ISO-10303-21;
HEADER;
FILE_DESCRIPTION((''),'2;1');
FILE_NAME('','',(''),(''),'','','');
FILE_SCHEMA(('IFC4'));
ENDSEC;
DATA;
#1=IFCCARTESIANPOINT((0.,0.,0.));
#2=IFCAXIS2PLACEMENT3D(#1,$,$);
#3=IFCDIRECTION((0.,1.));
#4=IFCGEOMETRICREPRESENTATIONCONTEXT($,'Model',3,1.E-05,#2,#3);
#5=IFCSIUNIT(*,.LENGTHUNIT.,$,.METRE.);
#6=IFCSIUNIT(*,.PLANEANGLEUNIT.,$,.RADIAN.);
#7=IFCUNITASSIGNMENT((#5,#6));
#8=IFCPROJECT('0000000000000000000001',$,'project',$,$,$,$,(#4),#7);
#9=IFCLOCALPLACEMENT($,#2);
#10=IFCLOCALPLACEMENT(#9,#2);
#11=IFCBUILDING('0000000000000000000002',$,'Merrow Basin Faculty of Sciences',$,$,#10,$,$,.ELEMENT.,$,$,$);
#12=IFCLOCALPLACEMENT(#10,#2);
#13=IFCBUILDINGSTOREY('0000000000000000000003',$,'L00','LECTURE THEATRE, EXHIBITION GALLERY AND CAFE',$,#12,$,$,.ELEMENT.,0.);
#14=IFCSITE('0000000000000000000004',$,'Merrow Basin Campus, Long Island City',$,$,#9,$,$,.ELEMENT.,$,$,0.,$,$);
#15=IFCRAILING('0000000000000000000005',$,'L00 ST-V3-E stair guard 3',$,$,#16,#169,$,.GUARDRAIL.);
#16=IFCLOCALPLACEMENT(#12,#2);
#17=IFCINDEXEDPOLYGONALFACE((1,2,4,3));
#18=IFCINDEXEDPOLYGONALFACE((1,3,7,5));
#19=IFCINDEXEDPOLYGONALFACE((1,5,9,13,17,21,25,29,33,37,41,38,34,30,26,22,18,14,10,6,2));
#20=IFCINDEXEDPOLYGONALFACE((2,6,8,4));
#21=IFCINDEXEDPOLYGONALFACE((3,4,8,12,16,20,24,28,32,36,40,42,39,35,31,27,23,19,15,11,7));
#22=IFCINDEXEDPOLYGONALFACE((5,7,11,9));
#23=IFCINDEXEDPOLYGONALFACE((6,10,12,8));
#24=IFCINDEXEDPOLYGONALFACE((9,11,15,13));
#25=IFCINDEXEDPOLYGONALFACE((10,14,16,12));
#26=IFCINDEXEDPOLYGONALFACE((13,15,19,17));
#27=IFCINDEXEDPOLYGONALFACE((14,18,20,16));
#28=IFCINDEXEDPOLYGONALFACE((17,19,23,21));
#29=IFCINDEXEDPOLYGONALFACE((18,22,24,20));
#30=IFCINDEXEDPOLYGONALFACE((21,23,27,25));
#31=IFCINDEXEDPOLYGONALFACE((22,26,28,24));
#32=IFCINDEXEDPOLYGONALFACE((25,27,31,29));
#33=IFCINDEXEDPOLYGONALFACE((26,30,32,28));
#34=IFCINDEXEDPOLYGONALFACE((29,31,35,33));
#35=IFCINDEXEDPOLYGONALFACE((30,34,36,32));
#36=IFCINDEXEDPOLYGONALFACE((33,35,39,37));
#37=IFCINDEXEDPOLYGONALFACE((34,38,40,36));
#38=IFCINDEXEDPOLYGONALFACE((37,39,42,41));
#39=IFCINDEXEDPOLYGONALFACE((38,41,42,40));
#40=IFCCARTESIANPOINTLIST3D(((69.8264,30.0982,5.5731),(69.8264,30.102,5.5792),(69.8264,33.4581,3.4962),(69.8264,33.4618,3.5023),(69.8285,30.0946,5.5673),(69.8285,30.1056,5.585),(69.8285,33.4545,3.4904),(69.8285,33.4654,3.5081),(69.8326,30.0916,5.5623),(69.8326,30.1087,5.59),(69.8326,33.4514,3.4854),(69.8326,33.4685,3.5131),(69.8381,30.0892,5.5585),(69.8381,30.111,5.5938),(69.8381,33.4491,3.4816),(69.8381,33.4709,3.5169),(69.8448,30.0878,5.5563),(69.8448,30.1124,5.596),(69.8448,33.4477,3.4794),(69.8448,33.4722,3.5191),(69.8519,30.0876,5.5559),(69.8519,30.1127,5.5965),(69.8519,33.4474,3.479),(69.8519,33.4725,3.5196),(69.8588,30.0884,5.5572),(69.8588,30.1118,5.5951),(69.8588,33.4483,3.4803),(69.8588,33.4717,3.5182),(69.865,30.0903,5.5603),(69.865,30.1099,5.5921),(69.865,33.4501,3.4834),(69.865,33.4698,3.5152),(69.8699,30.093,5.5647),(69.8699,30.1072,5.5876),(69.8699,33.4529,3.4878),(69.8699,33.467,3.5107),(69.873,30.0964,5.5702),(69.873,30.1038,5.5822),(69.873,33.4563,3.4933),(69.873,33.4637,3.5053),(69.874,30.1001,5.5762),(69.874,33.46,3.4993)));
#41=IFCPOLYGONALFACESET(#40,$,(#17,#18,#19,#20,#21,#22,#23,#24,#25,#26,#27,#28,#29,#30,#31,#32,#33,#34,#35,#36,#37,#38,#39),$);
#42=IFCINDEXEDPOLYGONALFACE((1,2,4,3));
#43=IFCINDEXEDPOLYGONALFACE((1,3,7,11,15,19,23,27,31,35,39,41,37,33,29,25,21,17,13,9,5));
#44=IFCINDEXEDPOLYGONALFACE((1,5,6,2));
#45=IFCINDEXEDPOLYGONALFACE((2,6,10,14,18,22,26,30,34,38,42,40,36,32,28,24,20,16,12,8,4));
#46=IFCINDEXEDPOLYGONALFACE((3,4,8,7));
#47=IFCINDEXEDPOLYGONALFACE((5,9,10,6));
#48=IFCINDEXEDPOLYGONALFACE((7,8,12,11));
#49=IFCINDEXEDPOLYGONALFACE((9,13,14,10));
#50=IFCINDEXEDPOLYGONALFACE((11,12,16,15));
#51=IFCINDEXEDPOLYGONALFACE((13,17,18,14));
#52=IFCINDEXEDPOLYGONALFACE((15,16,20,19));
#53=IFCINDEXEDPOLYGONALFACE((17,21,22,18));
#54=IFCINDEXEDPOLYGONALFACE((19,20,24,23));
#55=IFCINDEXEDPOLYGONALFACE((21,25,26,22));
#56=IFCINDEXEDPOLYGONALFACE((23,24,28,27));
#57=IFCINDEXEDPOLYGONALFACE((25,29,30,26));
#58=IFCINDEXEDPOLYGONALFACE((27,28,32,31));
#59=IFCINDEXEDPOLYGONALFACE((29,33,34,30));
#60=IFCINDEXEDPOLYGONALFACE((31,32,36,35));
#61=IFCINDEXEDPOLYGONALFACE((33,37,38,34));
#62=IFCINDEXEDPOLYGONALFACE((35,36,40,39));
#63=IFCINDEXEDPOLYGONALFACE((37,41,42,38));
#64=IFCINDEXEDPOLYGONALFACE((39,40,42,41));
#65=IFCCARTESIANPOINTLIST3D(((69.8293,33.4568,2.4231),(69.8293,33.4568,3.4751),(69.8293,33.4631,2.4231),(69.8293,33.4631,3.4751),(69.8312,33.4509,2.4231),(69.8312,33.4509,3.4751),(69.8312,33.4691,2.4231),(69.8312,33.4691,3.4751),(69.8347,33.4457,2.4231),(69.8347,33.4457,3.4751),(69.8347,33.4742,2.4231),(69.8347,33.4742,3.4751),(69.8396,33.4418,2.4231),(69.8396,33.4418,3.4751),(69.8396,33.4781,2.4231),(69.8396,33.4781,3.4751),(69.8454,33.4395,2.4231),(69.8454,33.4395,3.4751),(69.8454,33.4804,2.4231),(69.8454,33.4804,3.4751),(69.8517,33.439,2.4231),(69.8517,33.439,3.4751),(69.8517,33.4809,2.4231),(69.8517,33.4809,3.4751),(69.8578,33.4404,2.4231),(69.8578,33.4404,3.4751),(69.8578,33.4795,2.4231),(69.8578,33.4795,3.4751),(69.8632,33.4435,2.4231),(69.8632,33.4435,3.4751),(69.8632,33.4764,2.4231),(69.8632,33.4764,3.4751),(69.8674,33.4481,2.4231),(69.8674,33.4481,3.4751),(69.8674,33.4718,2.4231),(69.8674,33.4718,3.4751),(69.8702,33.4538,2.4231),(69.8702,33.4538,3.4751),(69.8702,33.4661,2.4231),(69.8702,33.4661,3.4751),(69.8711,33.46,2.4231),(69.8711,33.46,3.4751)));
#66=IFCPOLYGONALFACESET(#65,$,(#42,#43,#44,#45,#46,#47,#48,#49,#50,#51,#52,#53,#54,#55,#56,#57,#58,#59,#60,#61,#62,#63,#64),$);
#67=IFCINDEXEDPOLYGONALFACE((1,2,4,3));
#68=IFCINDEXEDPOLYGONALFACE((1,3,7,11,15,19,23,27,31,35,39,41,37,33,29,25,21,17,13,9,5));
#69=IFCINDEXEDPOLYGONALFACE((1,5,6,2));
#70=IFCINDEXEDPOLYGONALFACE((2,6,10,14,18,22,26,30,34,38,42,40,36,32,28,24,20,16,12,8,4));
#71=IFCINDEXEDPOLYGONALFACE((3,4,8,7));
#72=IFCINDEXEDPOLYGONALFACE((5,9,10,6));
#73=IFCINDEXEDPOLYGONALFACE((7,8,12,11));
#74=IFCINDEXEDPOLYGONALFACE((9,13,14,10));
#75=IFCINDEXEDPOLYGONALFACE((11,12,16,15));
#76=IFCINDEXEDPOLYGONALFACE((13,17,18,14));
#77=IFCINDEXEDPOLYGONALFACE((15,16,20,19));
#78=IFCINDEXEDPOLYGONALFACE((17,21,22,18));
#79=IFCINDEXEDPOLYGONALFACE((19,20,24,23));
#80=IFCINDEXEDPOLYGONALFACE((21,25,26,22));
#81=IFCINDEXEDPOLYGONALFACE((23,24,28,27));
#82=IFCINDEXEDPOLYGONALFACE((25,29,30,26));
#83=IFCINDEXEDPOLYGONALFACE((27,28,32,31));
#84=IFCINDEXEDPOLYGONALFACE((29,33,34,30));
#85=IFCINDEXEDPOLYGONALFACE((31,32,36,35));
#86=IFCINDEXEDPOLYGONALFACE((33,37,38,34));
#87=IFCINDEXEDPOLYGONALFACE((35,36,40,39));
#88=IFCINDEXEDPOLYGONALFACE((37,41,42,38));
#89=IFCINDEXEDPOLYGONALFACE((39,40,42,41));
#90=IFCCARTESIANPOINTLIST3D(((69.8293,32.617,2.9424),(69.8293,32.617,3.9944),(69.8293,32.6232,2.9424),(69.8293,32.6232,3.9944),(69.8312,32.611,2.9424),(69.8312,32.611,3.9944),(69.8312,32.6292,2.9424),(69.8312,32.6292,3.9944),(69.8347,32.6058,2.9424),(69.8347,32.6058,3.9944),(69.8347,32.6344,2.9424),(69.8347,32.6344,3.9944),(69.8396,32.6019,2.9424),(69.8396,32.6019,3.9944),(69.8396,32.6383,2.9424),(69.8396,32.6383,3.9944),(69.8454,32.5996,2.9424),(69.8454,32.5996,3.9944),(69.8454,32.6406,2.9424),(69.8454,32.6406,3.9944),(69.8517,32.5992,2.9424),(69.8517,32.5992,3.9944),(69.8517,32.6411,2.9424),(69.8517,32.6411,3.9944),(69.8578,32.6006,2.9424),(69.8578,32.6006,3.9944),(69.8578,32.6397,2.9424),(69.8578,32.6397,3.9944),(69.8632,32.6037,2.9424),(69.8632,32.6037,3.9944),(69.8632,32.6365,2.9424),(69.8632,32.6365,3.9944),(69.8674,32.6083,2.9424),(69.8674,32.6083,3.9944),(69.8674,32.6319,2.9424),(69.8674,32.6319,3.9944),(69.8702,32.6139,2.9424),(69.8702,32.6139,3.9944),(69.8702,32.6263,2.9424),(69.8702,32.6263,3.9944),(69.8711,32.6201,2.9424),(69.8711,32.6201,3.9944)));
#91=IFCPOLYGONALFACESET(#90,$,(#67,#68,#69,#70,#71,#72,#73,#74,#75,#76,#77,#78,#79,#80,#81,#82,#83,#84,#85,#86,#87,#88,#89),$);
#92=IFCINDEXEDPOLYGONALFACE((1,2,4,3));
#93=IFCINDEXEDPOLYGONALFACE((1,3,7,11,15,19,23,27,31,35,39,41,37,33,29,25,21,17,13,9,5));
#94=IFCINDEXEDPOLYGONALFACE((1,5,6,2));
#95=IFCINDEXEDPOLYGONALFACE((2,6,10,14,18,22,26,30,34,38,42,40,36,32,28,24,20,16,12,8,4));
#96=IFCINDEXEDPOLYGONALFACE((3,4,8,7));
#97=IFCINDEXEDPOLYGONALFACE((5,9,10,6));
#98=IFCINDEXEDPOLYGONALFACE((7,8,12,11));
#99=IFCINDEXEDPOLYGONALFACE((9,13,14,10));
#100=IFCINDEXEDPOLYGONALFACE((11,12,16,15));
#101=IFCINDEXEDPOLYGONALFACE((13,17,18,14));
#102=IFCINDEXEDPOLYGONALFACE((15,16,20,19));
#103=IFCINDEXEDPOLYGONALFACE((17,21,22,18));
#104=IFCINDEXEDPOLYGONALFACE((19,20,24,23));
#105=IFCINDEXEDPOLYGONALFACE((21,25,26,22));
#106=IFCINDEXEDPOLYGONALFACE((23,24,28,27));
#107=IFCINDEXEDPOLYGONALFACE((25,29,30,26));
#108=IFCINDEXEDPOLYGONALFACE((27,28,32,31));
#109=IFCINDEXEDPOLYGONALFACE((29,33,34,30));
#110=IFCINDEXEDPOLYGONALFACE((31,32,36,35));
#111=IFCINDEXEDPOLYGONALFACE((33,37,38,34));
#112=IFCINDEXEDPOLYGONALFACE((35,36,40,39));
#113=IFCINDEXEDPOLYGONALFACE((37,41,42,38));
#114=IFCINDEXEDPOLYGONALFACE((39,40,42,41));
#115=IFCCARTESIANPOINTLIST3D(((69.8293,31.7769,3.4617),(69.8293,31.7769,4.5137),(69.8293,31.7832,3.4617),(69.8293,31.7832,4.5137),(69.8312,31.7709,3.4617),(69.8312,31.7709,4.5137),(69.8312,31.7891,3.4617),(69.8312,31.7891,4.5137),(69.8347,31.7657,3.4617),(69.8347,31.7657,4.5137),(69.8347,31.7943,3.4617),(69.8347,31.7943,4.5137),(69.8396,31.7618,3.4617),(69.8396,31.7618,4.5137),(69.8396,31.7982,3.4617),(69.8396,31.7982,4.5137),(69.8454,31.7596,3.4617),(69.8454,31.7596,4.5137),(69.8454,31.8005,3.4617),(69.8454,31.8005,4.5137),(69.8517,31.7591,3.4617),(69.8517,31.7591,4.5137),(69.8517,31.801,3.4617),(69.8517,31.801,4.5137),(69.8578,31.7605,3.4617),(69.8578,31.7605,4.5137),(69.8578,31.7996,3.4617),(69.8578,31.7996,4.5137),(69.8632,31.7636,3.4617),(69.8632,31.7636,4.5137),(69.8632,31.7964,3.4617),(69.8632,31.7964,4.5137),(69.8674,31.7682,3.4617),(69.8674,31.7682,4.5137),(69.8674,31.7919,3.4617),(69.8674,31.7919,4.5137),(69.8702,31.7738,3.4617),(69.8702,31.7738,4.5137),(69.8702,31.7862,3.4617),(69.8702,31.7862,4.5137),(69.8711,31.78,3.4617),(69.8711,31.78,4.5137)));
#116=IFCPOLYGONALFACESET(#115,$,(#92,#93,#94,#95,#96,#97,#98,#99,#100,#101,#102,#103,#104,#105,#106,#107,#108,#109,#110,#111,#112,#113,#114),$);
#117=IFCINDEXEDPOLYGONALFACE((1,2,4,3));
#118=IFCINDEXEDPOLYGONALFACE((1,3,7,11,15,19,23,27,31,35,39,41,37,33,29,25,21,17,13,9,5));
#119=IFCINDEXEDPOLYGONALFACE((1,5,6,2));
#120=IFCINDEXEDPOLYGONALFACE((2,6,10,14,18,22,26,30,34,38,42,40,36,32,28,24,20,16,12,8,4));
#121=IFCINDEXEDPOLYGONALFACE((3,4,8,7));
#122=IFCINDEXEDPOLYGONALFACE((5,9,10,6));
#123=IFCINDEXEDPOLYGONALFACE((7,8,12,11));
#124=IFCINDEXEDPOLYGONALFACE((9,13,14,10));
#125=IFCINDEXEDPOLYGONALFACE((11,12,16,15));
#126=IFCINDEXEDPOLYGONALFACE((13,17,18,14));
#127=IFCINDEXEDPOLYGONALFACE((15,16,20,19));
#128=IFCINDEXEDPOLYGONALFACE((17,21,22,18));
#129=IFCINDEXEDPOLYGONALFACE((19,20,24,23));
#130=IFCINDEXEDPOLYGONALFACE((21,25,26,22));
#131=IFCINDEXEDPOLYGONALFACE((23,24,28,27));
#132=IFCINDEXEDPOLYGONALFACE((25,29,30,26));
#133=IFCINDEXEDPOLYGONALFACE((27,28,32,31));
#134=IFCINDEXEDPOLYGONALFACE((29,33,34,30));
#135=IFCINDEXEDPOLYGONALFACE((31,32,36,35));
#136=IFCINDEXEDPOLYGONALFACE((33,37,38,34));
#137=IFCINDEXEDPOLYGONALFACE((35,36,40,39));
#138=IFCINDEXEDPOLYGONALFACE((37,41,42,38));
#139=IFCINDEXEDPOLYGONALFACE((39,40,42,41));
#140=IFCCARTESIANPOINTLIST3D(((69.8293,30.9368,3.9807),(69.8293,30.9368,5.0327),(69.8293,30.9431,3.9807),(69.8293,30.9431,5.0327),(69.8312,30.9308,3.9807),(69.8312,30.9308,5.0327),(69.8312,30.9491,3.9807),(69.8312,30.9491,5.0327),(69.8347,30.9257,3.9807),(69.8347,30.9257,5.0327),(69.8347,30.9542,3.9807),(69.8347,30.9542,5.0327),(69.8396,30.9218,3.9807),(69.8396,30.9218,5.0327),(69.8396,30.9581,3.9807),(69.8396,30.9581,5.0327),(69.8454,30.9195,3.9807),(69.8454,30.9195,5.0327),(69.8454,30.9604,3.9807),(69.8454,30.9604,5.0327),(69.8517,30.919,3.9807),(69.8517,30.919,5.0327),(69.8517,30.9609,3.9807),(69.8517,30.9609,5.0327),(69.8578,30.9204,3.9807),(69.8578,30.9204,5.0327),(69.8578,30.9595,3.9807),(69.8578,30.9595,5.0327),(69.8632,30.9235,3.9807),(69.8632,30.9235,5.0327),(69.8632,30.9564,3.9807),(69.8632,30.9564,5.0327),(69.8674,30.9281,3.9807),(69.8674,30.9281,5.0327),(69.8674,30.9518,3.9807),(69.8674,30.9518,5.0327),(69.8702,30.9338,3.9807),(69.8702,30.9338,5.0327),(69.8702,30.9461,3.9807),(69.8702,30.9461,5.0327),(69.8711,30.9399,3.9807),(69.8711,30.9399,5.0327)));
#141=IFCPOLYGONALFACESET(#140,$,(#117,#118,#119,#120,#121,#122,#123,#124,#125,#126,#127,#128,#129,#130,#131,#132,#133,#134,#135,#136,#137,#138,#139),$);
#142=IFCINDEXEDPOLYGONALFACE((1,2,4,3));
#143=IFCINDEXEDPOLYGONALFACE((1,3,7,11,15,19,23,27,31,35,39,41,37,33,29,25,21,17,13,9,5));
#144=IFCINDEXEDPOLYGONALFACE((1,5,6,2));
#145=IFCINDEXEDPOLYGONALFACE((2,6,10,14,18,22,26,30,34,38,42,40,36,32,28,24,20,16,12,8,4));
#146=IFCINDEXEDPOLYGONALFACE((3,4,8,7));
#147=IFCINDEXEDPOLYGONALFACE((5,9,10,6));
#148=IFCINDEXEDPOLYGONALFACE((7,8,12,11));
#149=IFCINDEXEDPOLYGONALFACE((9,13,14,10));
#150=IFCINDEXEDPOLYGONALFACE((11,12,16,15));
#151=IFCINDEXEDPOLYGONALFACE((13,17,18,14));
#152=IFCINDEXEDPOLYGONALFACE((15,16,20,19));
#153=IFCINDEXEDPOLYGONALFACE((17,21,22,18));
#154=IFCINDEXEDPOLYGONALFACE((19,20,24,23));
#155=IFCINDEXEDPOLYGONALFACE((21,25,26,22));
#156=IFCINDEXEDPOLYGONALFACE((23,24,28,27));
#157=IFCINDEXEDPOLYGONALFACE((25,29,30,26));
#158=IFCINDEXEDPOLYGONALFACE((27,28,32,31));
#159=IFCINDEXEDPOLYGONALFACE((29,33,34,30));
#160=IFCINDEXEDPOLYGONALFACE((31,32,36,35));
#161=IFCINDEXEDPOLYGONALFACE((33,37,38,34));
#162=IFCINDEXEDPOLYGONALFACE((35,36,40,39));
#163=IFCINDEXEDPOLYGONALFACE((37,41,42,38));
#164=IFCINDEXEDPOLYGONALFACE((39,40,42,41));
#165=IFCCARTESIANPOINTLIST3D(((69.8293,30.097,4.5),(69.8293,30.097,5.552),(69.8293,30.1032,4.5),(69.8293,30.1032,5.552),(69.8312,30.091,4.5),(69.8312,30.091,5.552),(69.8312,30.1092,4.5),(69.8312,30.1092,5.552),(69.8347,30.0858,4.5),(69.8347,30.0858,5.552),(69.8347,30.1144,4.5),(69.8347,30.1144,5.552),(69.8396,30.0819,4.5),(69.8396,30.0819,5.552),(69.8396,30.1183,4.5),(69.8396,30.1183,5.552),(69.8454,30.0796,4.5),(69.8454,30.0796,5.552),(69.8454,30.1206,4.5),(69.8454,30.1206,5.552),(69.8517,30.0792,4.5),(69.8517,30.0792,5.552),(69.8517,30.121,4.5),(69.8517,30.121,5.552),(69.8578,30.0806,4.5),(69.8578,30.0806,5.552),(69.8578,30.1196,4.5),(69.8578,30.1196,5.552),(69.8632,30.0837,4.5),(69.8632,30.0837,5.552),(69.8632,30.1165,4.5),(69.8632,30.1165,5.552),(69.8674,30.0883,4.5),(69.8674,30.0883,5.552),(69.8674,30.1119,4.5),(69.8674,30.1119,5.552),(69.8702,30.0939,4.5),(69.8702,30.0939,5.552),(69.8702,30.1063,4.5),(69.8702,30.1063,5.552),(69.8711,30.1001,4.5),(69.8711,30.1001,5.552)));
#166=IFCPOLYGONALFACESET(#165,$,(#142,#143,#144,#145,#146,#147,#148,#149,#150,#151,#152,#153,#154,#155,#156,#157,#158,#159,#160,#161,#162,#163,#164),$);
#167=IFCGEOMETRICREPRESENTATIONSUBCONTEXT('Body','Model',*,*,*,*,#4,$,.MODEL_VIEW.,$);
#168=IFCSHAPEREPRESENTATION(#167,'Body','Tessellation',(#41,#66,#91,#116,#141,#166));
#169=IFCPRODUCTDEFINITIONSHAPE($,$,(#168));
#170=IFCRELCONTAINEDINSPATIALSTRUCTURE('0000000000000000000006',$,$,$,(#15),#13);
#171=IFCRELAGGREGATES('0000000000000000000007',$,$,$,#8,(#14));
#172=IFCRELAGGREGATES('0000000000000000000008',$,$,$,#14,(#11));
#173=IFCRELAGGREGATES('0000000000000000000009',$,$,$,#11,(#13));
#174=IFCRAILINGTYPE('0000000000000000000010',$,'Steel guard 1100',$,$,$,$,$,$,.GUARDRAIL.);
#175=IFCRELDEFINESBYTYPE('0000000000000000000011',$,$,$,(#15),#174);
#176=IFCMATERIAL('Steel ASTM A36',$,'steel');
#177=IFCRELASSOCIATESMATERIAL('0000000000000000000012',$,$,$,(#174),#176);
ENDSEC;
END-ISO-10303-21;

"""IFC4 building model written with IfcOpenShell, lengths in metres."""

from ifc_helpers import new_model, si_unit, direction, frame, origin, origin_2d, place, context, subcontext, project, spatial, circle, extrude, material, type_object, element, save


model = new_model("IFC4")

# Units and contexts
model_context = context("Model", 3, precision=1e-05, world=origin(), true_north=direction((0.0, 1.0)))
body_context = subcontext(model_context, "Body", "Model", "MODEL_VIEW")
ifc_project = project(units=[si_unit("LENGTHUNIT", "METRE"), si_unit("PLANEANGLEUNIT", "RADIAN")], contexts=[model_context])

# Site, building, storey
site_placement = place(None, origin())
site = spatial("IfcSite", under=ifc_project, at=site_placement, Name="Merrow Basin Campus, Long Island City", CompositionType="ELEMENT", RefElevation=0.0)
building_placement = place(site_placement, origin())
building = spatial("IfcBuilding", under=site, at=building_placement, Name="Merrow Basin Faculty of Sciences", CompositionType="ELEMENT")
storey_placement = place(building_placement, origin())
storey = spatial("IfcBuildingStorey", under=building, at=storey_placement, Name="L00", Description="LECTURE THEATRE, EXHIBITION GALLERY AND CAFE", CompositionType="ELEMENT", Elevation=0.0)

# Railing
ifc_material_1 = material(Name="Steel ASTM A36", Category="steel")
railing_type_1 = type_object("IfcRailingType", Name="Steel guard 1100", PredefinedType="GUARDRAIL", material=ifc_material_1)
railing_1_placement = place(storey_placement, frame((69.8501, 33.46, 2.4231)))
element("IfcRailing", 1, at=railing_1_placement, inside=storey, type_object=railing_type_1, Name="L00 ST-V3-E stair guard 3", PredefinedType="GUARDRAIL", context=body_context, shape_type="SweptSolid", body=[
    extrude(circle(Radius=0.0239, at=origin_2d()), frame((0.0, 0.0, 1.0762), z_axis=(0.0, -0.850606, 0.525803), x_axis=(1.0, 0.0, 0.0)), (0.0, 0.0, 1.0), 3.95),
    extrude(circle(Radius=0.021, at=origin_2d()), origin(), (0.0, 0.0, 1.0), 1.052),
    extrude(circle(Radius=0.021, at=origin_2d()), frame((0.0, -0.8398, 0.5193)), (0.0, 0.0, 1.0), 1.052),
    extrude(circle(Radius=0.021, at=origin_2d()), frame((0.0, -1.6799, 1.0386)), (0.0, 0.0, 1.0), 1.052),
    extrude(circle(Radius=0.021, at=origin_2d()), frame((0.0, -2.52, 1.5576)), (0.0, 0.0, 1.0), 1.052),
    extrude(circle(Radius=0.021, at=origin_2d()), frame((0.0, -3.3599, 2.0769)), (0.0, 0.0, 1.0), 1.052),
])

save(model, "model.ifc")
